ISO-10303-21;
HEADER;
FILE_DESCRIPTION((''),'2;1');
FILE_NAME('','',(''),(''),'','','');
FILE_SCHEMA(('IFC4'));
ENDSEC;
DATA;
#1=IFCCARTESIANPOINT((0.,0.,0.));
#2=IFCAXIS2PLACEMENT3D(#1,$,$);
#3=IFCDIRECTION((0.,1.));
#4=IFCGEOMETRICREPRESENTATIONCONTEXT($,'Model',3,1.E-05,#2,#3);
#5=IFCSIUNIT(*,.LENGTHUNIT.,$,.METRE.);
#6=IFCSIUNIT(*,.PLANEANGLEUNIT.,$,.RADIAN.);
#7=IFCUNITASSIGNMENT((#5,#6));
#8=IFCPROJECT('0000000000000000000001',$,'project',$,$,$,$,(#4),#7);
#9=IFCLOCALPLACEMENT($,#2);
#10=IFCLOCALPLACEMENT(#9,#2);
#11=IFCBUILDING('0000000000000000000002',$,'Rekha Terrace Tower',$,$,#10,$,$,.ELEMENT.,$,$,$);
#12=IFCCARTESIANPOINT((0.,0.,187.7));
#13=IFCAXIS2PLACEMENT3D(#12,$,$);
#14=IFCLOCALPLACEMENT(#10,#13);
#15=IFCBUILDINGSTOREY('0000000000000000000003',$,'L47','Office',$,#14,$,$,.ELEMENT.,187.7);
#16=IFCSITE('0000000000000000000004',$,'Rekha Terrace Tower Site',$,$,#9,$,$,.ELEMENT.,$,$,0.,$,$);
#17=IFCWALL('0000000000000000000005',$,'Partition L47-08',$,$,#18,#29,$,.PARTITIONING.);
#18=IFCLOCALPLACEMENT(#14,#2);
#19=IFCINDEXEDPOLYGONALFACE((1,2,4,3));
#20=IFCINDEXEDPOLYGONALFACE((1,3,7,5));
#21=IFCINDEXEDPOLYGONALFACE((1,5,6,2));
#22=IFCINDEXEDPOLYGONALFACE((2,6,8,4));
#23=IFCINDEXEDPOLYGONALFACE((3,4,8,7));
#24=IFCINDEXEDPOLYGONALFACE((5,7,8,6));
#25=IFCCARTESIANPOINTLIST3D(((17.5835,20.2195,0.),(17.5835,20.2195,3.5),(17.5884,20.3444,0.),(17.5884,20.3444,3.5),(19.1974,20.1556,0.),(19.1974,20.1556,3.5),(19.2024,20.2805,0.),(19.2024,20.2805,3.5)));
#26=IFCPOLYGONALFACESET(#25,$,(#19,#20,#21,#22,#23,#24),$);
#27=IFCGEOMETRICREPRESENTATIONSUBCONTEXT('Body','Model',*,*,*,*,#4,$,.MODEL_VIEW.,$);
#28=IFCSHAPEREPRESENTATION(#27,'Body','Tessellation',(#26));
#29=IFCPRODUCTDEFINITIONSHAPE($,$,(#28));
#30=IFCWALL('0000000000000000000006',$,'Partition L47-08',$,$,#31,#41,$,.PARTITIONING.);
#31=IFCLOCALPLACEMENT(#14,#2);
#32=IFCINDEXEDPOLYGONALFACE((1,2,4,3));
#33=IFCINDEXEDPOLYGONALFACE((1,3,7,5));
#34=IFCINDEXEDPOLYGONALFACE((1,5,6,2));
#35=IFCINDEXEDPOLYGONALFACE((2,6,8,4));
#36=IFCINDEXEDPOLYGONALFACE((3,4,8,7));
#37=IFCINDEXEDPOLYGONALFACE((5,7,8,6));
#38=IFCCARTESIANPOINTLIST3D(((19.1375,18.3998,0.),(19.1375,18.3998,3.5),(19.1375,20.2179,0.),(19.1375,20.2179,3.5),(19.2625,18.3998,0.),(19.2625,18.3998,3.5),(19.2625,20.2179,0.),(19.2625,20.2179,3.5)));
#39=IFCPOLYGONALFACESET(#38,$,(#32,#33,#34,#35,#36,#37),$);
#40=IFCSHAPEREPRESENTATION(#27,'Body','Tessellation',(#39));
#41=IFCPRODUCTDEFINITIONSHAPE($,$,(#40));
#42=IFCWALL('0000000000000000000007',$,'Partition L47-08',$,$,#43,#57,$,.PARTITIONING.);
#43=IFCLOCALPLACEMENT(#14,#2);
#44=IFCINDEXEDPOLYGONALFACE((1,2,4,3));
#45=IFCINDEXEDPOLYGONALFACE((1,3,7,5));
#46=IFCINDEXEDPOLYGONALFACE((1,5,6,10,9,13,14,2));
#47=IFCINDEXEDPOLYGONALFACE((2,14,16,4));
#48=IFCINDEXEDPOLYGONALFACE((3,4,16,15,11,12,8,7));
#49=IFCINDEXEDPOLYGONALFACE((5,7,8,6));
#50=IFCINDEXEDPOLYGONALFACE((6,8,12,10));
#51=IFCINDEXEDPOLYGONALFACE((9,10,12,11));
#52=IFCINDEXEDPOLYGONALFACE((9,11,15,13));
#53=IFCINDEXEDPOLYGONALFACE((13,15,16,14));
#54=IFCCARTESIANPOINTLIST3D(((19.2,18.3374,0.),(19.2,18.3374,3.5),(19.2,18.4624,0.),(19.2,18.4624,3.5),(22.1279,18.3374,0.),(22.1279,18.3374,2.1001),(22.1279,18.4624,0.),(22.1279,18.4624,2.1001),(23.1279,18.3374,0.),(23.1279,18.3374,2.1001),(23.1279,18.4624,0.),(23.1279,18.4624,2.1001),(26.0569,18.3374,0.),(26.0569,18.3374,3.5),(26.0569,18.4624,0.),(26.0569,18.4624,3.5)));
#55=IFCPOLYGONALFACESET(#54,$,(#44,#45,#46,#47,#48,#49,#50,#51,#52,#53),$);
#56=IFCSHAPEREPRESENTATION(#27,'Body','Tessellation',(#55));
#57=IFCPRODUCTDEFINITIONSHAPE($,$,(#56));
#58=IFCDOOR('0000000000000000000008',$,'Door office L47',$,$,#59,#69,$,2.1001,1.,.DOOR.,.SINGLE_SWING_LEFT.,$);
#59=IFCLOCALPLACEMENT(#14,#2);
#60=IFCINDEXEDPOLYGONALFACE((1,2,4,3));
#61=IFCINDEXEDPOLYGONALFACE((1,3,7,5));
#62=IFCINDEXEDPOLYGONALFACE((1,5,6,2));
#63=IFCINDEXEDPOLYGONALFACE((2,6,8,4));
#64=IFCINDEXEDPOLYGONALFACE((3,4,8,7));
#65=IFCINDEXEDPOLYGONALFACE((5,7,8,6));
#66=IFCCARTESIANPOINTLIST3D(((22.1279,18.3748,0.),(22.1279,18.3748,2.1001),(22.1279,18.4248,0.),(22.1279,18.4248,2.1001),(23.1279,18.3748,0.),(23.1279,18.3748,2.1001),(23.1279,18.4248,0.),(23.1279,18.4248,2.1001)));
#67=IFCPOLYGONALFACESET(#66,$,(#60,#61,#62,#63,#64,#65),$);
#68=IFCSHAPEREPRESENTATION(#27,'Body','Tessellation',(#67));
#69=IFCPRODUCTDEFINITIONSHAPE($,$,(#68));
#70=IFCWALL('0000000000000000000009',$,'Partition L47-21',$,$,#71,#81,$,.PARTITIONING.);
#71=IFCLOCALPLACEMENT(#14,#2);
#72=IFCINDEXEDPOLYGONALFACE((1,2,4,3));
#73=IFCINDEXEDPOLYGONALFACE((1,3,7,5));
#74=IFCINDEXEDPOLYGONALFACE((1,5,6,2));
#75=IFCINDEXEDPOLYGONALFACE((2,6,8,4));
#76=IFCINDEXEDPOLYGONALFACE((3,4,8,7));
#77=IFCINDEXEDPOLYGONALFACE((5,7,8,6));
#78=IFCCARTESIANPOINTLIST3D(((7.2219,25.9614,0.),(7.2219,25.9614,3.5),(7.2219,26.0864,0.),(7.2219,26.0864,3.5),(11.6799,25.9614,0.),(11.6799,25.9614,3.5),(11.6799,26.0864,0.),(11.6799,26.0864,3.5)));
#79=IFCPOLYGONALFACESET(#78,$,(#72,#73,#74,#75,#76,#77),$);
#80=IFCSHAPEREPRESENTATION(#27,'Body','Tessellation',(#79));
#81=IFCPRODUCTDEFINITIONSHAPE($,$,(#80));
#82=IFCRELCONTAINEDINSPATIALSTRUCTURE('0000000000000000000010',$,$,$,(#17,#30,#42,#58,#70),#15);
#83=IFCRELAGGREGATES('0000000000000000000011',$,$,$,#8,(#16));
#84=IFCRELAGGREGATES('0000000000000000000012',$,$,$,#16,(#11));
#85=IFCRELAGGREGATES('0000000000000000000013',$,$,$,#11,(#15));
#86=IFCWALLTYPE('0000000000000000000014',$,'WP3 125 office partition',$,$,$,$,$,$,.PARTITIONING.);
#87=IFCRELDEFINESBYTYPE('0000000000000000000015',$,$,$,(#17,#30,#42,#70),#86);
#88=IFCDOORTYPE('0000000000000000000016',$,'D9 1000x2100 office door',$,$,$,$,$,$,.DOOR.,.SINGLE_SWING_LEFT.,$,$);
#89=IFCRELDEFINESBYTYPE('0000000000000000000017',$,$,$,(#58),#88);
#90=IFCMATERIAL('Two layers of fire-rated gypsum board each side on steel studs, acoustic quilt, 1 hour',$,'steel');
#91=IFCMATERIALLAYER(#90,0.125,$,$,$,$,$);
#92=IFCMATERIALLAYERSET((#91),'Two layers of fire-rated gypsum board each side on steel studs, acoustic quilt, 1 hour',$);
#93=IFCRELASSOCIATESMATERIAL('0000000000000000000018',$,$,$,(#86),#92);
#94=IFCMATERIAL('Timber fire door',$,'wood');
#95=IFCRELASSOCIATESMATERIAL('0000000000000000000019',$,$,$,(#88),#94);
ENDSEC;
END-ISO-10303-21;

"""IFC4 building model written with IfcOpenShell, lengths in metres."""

from ifc_helpers import new_model, si_unit, direction, frame, frame_2d, origin, place, context, subcontext, project, spatial, rectangle, extrude, material, layer, layer_set, type_object, element, fill, save


model = new_model("IFC4")

# Units and contexts
model_context = context("Model", 3, precision=1e-05, world=origin(), true_north=direction((0.0, 1.0)))
body_context = subcontext(model_context, "Body", "Model", "MODEL_VIEW")
ifc_project = project(units=[si_unit("LENGTHUNIT", "METRE"), si_unit("PLANEANGLEUNIT", "RADIAN")], contexts=[model_context])

# Site, building, storey
site_placement = place(None, origin())
site = spatial("IfcSite", under=ifc_project, at=site_placement, Name="Rekha Terrace Tower Site", CompositionType="ELEMENT", RefElevation=0.0)
building_placement = place(site_placement, origin())
building = spatial("IfcBuilding", under=site, at=building_placement, Name="Rekha Terrace Tower", CompositionType="ELEMENT")
storey_placement = place(building_placement, frame((0.0, 0.0, 187.7)))
storey = spatial("IfcBuildingStorey", under=building, at=storey_placement, Name="L47", Description="Office", CompositionType="ELEMENT", Elevation=187.7)

# Shared definitions
ifc_material_1 = material(Name="Two layers of fire-rated gypsum board each side on steel studs, acoustic quilt, 1 hour", Category="steel")
ifc_layer_1 = layer(ifc_material_1, 0.125)
ifc_layer_set_1 = layer_set([ifc_layer_1], Name="Two layers of fire-rated gypsum board each side on steel studs, acoustic quilt, 1 hour")
wall_type_1 = type_object("IfcWallType", Name="WP3 125 office partition", PredefinedType="PARTITIONING", material=ifc_layer_set_1)

# Shared definitions
ifc_material_2 = material(Name="Timber fire door", Category="wood")
door_type = type_object("IfcDoorType", Name="D9 1000x2100 office door", OperationType="SINGLE_SWING_LEFT", PredefinedType="DOOR", material=ifc_material_2)

# Walls
wall_1_placement = place(storey_placement, frame((17.5859, 20.282, 0.0), z_axis=(0.0, 0.0, 1.0), x_axis=(0.999216, -0.0396, 0.0)))
element("IfcWall", 1, at=wall_1_placement, inside=storey, type_object=wall_type_1, Name="Partition L47-08", PredefinedType="PARTITIONING", context=body_context, shape_type="SweptSolid", body=[
    extrude(rectangle(XDim=1.6152, YDim=0.125, at=frame_2d((0.8076, 0.0))), origin(), (0.0, 0.0, 1.0), 3.5),
])
wall_2_placement = place(storey_placement, frame((19.2, 20.218, 0.0), z_axis=(0.0, 0.0, 1.0), x_axis=(0.0, -1.0, 0.0)))
element("IfcWall", 2, at=wall_2_placement, inside=storey, type_object=wall_type_1, Name="Partition L47-08", PredefinedType="PARTITIONING", context=body_context, shape_type="SweptSolid", body=[
    extrude(rectangle(XDim=1.8181, YDim=0.125, at=frame_2d((0.9092, 0.0))), origin(), (0.0, 0.0, 1.0), 3.5),
])

# Wall, opening, door
wall_3_placement = place(storey_placement, frame((19.2, 18.3999, 0.0), z_axis=(0.0, 0.0, 1.0), x_axis=(1.0, 0.0, 0.0)))
wall_3 = element("IfcWall", 3, at=wall_3_placement, inside=storey, type_object=wall_type_1, Name="Partition L47-08", PredefinedType="PARTITIONING", context=body_context, shape_type="SweptSolid", body=[
    extrude(rectangle(XDim=6.8569, YDim=0.125, at=frame_2d((3.4285, 0.0))), origin(), (0.0, 0.0, 1.0), 3.5),
])
opening_1_placement = place(wall_3_placement, frame((2.928, 0.0, 0.0)))
opening_1 = element("IfcOpeningElement", 4, at=opening_1_placement, cuts=wall_3, PredefinedType="OPENING", context=body_context, shape_type="SweptSolid", body=[
    extrude(rectangle(XDim=1.0, YDim=2.1001, at=frame_2d((0.5, 1.05))), frame((0.0, 0.0725, 0.0), z_axis=(0.0, -1.0, 0.0), x_axis=(1.0, 0.0, 0.0)), (0.0, 0.0, 1.0), 0.145),
])
door_1_placement = place(opening_1_placement, origin())
door_1 = element("IfcDoor", 5, at=door_1_placement, inside=storey, type_object=door_type, Name="Door office L47", OperationType="SINGLE_SWING_LEFT", OverallHeight=2.1001, OverallWidth=1.0, PredefinedType="DOOR", context=body_context, shape_type="SweptSolid", body=[
    extrude(rectangle(XDim=1.0, YDim=2.1001, at=frame_2d((0.5, 1.05))), frame((0.0, 0.0249, 0.0), z_axis=(0.0, -1.0, 0.0), x_axis=(1.0, 0.0, 0.0)), (0.0, 0.0, 1.0), 0.05),
])
fill(opening_1, door_1)

# Wall
wall_4_placement = place(storey_placement, frame((11.6799, 26.0239, 0.0), z_axis=(0.0, 0.0, 1.0), x_axis=(-1.0, 0.0, 0.0)))
element("IfcWall", 6, at=wall_4_placement, inside=storey, type_object=wall_type_1, Name="Partition L47-21", PredefinedType="PARTITIONING", context=body_context, shape_type="SweptSolid", body=[
    extrude(rectangle(XDim=4.458, YDim=0.125, at=frame_2d((2.229, 0.0))), origin(), (0.0, 0.0, 1.0), 3.5),
])

save(model, "model.ifc")
